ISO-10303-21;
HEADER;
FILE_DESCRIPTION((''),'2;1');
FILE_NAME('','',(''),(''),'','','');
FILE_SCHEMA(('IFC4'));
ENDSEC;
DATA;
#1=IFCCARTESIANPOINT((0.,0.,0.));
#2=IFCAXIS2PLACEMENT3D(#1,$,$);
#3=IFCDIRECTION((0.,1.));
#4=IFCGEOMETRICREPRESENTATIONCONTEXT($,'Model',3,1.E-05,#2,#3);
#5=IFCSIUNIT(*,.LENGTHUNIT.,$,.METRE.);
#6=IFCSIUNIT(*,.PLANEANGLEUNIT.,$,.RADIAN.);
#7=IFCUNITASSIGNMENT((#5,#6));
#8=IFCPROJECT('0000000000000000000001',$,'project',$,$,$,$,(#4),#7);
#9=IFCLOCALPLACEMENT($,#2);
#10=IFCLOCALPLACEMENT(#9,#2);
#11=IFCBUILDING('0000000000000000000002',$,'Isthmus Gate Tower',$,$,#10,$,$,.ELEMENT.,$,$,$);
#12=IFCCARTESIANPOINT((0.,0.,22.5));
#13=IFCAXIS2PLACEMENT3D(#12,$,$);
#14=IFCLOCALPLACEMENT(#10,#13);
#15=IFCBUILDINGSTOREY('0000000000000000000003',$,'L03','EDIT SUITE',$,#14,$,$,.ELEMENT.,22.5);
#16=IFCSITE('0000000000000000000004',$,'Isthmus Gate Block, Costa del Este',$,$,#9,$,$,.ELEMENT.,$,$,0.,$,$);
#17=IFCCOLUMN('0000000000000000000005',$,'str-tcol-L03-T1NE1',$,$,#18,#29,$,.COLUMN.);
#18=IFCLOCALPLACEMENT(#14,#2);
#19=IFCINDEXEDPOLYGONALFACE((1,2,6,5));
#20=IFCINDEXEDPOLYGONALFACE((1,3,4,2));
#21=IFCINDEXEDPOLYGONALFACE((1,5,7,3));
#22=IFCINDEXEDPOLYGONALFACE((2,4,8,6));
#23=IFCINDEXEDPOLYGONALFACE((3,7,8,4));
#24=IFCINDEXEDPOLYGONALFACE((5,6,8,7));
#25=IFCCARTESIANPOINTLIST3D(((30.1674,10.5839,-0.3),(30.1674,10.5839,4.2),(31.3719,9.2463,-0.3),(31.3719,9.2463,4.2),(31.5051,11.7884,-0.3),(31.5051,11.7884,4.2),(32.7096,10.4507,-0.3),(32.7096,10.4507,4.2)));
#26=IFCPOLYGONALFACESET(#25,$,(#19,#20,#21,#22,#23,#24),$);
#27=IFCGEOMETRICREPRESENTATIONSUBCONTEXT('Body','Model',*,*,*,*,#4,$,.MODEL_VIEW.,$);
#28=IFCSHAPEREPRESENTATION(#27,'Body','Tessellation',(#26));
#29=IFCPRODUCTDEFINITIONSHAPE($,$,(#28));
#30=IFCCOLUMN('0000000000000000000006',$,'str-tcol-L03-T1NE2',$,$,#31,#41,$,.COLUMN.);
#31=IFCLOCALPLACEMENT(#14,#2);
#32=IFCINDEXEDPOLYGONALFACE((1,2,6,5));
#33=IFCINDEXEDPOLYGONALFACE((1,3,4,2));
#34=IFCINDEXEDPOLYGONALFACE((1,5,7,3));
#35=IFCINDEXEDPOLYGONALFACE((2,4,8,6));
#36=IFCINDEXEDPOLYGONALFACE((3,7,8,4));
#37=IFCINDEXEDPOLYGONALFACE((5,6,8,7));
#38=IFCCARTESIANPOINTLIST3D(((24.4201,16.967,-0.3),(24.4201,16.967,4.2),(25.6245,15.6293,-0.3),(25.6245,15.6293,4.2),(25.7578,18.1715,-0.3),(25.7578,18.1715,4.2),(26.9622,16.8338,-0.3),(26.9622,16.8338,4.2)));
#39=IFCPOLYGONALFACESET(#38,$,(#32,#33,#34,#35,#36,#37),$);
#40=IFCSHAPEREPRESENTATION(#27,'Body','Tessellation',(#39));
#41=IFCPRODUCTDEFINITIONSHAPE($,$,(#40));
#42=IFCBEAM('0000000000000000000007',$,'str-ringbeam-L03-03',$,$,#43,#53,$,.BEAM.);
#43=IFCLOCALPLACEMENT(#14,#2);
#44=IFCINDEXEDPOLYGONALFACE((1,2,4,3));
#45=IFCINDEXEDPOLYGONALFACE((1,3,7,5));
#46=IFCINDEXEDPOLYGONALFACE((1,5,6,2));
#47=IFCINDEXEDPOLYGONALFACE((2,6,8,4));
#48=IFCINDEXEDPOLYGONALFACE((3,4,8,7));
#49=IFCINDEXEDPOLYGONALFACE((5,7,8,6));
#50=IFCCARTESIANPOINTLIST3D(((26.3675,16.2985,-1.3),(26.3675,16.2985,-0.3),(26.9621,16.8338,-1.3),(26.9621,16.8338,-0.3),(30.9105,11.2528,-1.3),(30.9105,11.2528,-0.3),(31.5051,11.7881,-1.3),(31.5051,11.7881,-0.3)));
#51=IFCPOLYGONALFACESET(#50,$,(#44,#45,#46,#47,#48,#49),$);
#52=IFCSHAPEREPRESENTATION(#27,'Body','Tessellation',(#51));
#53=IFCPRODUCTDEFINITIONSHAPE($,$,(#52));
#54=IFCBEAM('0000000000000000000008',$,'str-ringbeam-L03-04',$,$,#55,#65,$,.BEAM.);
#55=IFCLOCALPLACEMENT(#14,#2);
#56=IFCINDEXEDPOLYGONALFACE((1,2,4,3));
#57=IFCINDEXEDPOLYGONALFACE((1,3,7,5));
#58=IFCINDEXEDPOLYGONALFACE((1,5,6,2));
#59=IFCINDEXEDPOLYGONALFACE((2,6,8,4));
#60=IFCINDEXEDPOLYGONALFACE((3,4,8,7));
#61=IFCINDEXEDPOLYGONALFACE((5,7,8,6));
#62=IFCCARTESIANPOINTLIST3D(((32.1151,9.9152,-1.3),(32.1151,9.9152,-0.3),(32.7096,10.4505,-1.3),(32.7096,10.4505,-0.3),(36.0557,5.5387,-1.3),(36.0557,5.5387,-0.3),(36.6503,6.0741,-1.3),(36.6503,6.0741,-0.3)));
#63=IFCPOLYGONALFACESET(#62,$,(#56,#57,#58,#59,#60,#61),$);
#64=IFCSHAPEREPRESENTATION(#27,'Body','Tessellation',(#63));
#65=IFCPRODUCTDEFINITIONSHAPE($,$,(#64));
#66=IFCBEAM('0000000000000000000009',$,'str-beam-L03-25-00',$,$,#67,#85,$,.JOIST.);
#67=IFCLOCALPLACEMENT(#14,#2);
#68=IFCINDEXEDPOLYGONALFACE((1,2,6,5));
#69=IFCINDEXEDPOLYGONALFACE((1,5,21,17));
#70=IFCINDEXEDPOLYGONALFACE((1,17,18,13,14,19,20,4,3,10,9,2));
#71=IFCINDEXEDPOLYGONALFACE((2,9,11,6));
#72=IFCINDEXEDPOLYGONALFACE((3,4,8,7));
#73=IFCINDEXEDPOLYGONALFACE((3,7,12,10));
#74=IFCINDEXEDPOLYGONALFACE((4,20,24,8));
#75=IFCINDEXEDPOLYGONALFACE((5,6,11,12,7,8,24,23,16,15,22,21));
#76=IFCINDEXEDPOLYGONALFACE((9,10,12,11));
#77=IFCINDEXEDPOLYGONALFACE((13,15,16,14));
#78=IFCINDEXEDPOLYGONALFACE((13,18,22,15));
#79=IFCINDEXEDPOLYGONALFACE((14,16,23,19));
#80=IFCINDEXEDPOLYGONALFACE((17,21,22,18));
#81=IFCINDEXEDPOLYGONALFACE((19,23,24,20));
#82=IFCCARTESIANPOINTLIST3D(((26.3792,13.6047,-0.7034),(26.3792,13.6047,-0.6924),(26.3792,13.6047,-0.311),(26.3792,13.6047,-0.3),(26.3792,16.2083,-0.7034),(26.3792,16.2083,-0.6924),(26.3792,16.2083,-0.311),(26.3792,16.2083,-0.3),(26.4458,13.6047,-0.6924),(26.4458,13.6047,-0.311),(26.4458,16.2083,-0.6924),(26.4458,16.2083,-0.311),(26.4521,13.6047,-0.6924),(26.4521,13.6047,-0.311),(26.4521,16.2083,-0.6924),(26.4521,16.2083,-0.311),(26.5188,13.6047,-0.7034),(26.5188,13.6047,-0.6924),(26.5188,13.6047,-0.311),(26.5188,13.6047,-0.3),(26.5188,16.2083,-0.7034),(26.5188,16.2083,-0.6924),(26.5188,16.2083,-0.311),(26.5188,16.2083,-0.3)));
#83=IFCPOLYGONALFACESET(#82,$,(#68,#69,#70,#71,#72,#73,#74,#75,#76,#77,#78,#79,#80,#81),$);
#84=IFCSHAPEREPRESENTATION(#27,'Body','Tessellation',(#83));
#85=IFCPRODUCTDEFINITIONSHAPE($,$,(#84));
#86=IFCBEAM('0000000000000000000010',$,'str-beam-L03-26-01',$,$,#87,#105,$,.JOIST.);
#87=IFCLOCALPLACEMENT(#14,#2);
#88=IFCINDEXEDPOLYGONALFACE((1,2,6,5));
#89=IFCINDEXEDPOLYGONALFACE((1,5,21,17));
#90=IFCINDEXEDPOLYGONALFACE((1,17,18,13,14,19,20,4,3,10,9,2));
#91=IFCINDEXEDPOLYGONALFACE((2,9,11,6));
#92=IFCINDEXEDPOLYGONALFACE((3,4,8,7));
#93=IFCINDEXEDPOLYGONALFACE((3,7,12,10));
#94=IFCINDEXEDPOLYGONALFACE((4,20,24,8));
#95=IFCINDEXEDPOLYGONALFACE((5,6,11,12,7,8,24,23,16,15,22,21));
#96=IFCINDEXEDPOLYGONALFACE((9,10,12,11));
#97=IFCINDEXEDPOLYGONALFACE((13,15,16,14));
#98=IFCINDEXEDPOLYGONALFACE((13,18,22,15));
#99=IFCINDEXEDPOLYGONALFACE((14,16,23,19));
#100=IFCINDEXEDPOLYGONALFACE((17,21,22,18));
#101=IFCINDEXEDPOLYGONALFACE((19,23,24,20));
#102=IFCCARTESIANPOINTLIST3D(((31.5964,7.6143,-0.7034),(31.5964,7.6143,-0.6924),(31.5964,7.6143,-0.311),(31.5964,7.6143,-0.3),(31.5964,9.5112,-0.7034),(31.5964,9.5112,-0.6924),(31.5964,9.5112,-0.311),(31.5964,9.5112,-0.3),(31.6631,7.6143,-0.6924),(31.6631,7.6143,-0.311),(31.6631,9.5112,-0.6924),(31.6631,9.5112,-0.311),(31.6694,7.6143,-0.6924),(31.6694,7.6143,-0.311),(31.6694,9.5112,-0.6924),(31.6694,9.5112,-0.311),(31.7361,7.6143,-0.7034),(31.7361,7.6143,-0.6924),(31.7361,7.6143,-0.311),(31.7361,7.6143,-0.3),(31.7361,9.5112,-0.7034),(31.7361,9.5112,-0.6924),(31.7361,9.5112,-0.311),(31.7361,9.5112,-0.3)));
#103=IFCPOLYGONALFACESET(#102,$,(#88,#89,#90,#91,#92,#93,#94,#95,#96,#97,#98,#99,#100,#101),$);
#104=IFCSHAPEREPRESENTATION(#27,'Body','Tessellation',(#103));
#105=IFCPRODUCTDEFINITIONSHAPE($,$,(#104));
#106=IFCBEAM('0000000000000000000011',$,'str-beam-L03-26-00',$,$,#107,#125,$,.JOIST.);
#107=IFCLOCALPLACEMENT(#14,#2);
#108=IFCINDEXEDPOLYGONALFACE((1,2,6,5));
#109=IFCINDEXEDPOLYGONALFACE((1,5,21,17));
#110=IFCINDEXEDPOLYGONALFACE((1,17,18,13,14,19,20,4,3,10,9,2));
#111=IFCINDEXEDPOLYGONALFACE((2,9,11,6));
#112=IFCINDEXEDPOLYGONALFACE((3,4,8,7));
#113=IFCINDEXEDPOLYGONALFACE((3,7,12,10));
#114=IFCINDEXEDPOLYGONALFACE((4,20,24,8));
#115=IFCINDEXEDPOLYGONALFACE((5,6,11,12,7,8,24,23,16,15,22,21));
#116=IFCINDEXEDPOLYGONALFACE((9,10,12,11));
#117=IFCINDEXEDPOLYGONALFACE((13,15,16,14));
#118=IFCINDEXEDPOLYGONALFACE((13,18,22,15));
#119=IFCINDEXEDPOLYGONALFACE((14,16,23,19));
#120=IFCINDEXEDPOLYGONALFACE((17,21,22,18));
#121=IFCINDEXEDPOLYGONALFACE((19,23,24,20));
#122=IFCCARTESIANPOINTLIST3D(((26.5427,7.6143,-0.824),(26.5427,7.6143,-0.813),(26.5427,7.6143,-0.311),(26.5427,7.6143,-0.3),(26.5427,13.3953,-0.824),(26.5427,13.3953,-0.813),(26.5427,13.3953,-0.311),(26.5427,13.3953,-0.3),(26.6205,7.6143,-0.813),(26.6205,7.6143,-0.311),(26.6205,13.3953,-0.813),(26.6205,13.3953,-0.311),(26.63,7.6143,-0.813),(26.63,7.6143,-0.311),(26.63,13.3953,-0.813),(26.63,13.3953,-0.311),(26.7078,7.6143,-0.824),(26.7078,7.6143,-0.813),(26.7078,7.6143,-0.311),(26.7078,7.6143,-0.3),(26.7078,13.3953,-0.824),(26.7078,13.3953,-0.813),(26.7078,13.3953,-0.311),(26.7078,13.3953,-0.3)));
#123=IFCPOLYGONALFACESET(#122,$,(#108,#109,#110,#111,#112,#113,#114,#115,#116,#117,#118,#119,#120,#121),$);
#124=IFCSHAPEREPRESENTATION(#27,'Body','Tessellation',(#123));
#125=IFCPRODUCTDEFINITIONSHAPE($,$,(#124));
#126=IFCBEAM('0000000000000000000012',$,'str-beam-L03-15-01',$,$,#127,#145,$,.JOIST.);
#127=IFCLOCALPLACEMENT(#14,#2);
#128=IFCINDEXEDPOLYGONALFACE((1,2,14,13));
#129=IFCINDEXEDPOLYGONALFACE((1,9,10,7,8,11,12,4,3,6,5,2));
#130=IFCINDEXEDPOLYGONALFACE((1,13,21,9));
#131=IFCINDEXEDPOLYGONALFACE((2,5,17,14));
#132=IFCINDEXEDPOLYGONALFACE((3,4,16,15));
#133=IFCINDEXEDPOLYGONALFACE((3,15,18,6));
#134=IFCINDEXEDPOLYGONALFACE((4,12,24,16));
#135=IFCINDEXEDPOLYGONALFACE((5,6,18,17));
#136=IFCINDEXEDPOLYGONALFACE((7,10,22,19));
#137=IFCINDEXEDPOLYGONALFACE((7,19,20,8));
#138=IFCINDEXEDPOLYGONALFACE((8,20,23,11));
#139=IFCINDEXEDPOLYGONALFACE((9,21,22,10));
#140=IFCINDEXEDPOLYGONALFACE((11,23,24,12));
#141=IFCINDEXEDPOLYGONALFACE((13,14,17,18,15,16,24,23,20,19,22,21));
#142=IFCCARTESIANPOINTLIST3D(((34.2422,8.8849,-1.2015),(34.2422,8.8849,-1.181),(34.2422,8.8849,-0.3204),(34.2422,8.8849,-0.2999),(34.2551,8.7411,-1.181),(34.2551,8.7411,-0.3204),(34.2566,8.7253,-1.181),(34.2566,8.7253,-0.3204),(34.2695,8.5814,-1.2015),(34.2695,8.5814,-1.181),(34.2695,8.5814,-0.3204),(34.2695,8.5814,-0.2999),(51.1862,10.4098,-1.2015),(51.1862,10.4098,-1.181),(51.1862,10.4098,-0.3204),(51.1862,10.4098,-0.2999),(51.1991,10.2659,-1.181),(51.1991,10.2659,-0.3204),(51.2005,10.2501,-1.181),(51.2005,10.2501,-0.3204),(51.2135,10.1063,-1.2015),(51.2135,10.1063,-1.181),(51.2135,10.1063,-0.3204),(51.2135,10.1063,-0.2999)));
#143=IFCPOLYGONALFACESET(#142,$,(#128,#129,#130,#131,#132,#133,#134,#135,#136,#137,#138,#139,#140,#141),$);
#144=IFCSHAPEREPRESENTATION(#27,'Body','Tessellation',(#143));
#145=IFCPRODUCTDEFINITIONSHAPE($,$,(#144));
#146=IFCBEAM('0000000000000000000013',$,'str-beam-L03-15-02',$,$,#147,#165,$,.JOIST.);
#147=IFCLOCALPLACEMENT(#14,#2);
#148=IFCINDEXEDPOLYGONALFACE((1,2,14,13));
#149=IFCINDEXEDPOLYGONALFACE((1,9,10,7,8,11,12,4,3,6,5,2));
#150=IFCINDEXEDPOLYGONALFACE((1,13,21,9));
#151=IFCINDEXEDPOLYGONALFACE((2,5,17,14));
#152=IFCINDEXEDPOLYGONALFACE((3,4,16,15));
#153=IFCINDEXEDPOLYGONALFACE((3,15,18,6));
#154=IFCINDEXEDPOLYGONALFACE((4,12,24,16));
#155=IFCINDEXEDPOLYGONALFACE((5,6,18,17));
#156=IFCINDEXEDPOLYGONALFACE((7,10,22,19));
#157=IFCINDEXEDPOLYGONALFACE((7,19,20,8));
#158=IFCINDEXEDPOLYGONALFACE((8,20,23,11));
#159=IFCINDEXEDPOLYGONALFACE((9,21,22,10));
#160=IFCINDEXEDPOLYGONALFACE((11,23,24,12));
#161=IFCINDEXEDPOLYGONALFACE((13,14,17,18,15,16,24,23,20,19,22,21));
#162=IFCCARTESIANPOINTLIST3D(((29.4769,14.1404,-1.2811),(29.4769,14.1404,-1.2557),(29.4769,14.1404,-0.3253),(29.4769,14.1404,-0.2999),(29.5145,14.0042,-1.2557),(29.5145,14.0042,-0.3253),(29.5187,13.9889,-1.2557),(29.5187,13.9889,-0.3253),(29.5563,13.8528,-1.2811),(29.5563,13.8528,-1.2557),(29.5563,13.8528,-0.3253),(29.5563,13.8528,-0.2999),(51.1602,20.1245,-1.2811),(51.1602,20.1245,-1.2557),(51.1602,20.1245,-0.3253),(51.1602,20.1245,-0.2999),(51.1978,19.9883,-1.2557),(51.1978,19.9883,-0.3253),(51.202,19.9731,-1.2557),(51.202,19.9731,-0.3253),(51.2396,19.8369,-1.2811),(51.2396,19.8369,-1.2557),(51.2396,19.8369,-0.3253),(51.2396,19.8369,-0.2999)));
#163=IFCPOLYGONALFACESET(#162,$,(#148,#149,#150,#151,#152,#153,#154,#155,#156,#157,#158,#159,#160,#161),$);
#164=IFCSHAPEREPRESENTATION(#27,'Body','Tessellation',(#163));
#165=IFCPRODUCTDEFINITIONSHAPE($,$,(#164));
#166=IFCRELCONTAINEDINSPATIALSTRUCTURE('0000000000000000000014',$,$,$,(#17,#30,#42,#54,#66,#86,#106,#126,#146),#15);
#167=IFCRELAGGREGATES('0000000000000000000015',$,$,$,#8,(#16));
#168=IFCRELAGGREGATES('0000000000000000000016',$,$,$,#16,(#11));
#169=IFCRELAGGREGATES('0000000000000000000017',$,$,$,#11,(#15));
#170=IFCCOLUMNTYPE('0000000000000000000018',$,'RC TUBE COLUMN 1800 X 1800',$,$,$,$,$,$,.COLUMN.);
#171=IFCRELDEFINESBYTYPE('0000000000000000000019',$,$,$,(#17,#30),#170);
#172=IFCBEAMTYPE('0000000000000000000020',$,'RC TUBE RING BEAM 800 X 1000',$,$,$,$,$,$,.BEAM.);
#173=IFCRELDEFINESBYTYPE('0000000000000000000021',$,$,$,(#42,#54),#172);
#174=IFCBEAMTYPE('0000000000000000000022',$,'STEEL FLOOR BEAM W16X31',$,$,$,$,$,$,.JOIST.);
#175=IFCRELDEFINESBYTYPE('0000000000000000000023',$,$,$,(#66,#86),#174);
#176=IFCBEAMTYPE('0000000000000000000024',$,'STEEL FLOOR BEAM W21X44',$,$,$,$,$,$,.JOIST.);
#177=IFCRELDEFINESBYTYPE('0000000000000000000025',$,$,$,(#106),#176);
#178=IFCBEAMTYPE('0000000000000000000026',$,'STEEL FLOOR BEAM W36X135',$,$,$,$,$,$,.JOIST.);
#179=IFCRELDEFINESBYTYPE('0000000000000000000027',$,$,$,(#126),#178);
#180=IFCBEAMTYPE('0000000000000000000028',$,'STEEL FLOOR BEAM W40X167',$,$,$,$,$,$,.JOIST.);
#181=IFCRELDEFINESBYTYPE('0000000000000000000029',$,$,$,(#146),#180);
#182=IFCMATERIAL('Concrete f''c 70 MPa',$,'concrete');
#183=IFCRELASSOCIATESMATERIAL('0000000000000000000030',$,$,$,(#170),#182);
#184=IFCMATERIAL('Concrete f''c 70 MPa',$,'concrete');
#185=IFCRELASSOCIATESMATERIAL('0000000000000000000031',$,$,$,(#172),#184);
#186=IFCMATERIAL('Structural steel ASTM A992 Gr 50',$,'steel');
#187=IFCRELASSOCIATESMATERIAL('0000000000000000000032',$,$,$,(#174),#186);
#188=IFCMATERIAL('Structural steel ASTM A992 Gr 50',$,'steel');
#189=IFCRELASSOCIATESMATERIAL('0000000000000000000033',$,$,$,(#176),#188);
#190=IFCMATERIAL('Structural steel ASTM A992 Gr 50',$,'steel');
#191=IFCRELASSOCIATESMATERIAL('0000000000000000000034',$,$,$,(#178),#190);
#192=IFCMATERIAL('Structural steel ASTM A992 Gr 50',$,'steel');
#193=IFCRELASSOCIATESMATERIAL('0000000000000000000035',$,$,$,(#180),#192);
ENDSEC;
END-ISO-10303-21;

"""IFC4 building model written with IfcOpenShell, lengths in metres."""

from ifc_helpers import new_model, si_unit, direction, frame, origin, origin_2d, place, context, subcontext, project, spatial, rectangle, i_section, extrude, material, material_profile, profile_set, type_object, element, save


model = new_model("IFC4")

# Units and contexts
model_context = context("Model", 3, precision=1e-05, world=origin(), true_north=direction((0.0, 1.0)))
body_context = subcontext(model_context, "Body", "Model", "MODEL_VIEW")
ifc_project = project(units=[si_unit("LENGTHUNIT", "METRE"), si_unit("PLANEANGLEUNIT", "RADIAN")], contexts=[model_context])

# Site, building, storey
site_placement = place(None, origin())
site = spatial("IfcSite", under=ifc_project, at=site_placement, Name="Isthmus Gate Block, Costa del Este", CompositionType="ELEMENT", RefElevation=0.0)
building_placement = place(site_placement, origin())
building = spatial("IfcBuilding", under=site, at=building_placement, Name="Isthmus Gate Tower", CompositionType="ELEMENT")
storey_placement = place(building_placement, frame((0.0, 0.0, 22.5)))
storey = spatial("IfcBuildingStorey", under=building, at=storey_placement, Name="L03", Description="EDIT SUITE", CompositionType="ELEMENT", Elevation=22.5)

# Columns
ifc_material_1 = material(Name="Concrete f'c 70 MPa", Category="concrete")
ifc_material_profile_1 = material_profile(ifc_material_1, rectangle(XDim=1.8, YDim=1.8, at=origin_2d()), Name="RC 1800X1800")
ifc_profile_set_1 = profile_set([ifc_material_profile_1], Name="Concrete f'c 70 MPa")
column_type = type_object("IfcColumnType", Name="RC TUBE COLUMN 1800 X 1800", PredefinedType="COLUMN", material=ifc_profile_set_1)
for number, where, z_axis, x_axis, name in (
    (1, (31.4385, 10.5173, -0.3), (0.0, 0.0, 1.0), (-0.669131, 0.743145, 0.0), "str-tcol-L03-T1NE1"),
    (2, (25.6912, 16.9004, -0.3), (0.0, 0.0, 1.0), (-0.669131, 0.743145, 0.0), "str-tcol-L03-T1NE2"),
):
    element("IfcColumn", number, at=place(storey_placement, frame(where, z_axis=z_axis, x_axis=x_axis)), inside=storey, type_object=column_type, Name=name, PredefinedType="COLUMN", context=body_context, shape_type="SweptSolid", body=[
        extrude(rectangle(XDim=1.8, YDim=1.8, at=origin_2d()), origin(), (0.0, 0.0, 1.0), 4.5),
    ])

# Beams
ifc_material_2 = material(Name="Concrete f'c 70 MPa", Category="concrete")
ifc_material_profile_2 = material_profile(ifc_material_2, rectangle(XDim=0.8, YDim=1.0, at=origin_2d()), Name="RC 800X1000")
ifc_profile_set_2 = profile_set([ifc_material_profile_2], Name="Concrete f'c 70 MPa")
beam_type_1 = type_object("IfcBeamType", Name="RC TUBE RING BEAM 800 X 1000", PredefinedType="BEAM", material=ifc_profile_set_2)
beam_1_placement = place(storey_placement, frame((26.6648, 16.5662, -0.8), z_axis=(0.669118, -0.743156, 0.0), x_axis=(0.743156, 0.669118, 0.0)))
element("IfcBeam", 3, at=beam_1_placement, inside=storey, type_object=beam_type_1, Name="str-ringbeam-L03-03", PredefinedType="BEAM", context=body_context, shape_type="SweptSolid", body=[
    extrude(rectangle(XDim=0.8, YDim=1.0, at=origin_2d()), origin(), (0.0, 0.0, 1.0), 6.7896),
])
beam_2_placement = place(storey_placement, frame((32.4124, 10.1829, -0.8), z_axis=(0.669139, -0.743137, 0.0), x_axis=(0.743137, 0.669139, 0.0)))
element("IfcBeam", 4, at=beam_2_placement, inside=storey, type_object=beam_type_1, Name="str-ringbeam-L03-04", PredefinedType="BEAM", context=body_context, shape_type="SweptSolid", body=[
    extrude(rectangle(XDim=0.8, YDim=1.0, at=origin_2d()), origin(), (0.0, 0.0, 1.0), 5.8892),
])
ifc_material_3 = material(Name="Structural steel ASTM A992 Gr 50", Category="steel")
ifc_material_profile_3 = material_profile(ifc_material_3, i_section(OverallWidth=0.1396, OverallDepth=0.4033, WebThickness=0.0063, FlangeThickness=0.011, at=origin_2d()), Name="W16X31")
ifc_profile_set_3 = profile_set([ifc_material_profile_3], Name="Structural steel ASTM A992 Gr 50")
beam_type_2 = type_object("IfcBeamType", Name="STEEL FLOOR BEAM W16X31", PredefinedType="JOIST", material=ifc_profile_set_3)
beam_3_placement = place(storey_placement, frame((26.449, 13.6047, -0.5017), z_axis=(0.0, 1.0, 0.0), x_axis=(-1.0, 0.0, 0.0)))
element("IfcBeam", 5, at=beam_3_placement, inside=storey, type_object=beam_type_2, Name="str-beam-L03-25-00", PredefinedType="JOIST", context=body_context, shape_type="SweptSolid", body=[
    extrude(i_section(OverallWidth=0.1396, OverallDepth=0.4033, WebThickness=0.0063, FlangeThickness=0.011, at=origin_2d()), origin(), (0.0, 0.0, 1.0), 2.6035),
])
beam_4_placement = place(storey_placement, frame((31.6663, 7.6143, -0.5017), z_axis=(0.0, 1.0, 0.0), x_axis=(-1.0, 0.0, 0.0)))
element("IfcBeam", 6, at=beam_4_placement, inside=storey, type_object=beam_type_2, Name="str-beam-L03-26-01", PredefinedType="JOIST", context=body_context, shape_type="SweptSolid", body=[
    extrude(i_section(OverallWidth=0.1396, OverallDepth=0.4033, WebThickness=0.0063, FlangeThickness=0.011, at=origin_2d()), origin(), (0.0, 0.0, 1.0), 1.897),
])
ifc_material_4 = material(Name="Structural steel ASTM A992 Gr 50", Category="steel")
ifc_material_profile_4 = material_profile(ifc_material_4, i_section(OverallWidth=0.165, OverallDepth=0.5239, WebThickness=0.0095, FlangeThickness=0.011, at=origin_2d()), Name="W21X44")
ifc_profile_set_4 = profile_set([ifc_material_profile_4], Name="Structural steel ASTM A992 Gr 50")
beam_type_3 = type_object("IfcBeamType", Name="STEEL FLOOR BEAM W21X44", PredefinedType="JOIST", material=ifc_profile_set_4)
beam_5_placement = place(storey_placement, frame((26.6252, 7.6143, -0.562), z_axis=(0.0, 1.0, 0.0), x_axis=(-1.0, 0.0, 0.0)))
element("IfcBeam", 7, at=beam_5_placement, inside=storey, type_object=beam_type_3, Name="str-beam-L03-26-00", PredefinedType="JOIST", context=body_context, shape_type="SweptSolid", body=[
    extrude(i_section(OverallWidth=0.165, OverallDepth=0.5239, WebThickness=0.0095, FlangeThickness=0.011, at=origin_2d()), origin(), (0.0, 0.0, 1.0), 5.781),
])
ifc_material_5 = material(Name="Structural steel ASTM A992 Gr 50", Category="steel")
ifc_material_profile_5 = material_profile(ifc_material_5, i_section(OverallWidth=0.3047, OverallDepth=0.9016, WebThickness=0.0159, FlangeThickness=0.0205, at=origin_2d()), Name="W36X135")
ifc_profile_set_5 = profile_set([ifc_material_profile_5], Name="Structural steel ASTM A992 Gr 50")
beam_type_4 = type_object("IfcBeamType", Name="STEEL FLOOR BEAM W36X135", PredefinedType="JOIST", material=ifc_profile_set_5)
beam_6_placement = place(storey_placement, frame((34.2559, 8.7332, -0.7507), z_axis=(0.995975, 0.089634, 0.0), x_axis=(-0.089634, 0.995975, 0.0)))
element("IfcBeam", 8, at=beam_6_placement, inside=storey, type_object=beam_type_4, Name="str-beam-L03-15-01", PredefinedType="JOIST", context=body_context, shape_type="SweptSolid", body=[
    extrude(i_section(OverallWidth=0.3047, OverallDepth=0.9016, WebThickness=0.0159, FlangeThickness=0.0205, at=origin_2d()), origin(), (0.0, 0.0, 1.0), 17.0125),
])
ifc_material_6 = material(Name="Structural steel ASTM A992 Gr 50", Category="steel")
ifc_material_profile_6 = material_profile(ifc_material_6, i_section(OverallWidth=0.2983, OverallDepth=0.9812, WebThickness=0.0159, FlangeThickness=0.0254, at=origin_2d()), Name="W40X167")
ifc_profile_set_6 = profile_set([ifc_material_profile_6], Name="Structural steel ASTM A992 Gr 50")
beam_type_5 = type_object("IfcBeamType", Name="STEEL FLOOR BEAM W40X167", PredefinedType="JOIST", material=ifc_profile_set_6)
beam_7_placement = place(storey_placement, frame((29.5166, 13.9966, -0.7905), z_axis=(0.963964, 0.266033, 0.0), x_axis=(-0.266033, 0.963964, 0.0)))
element("IfcBeam", 9, at=beam_7_placement, inside=storey, type_object=beam_type_5, Name="str-beam-L03-15-02", PredefinedType="JOIST", context=body_context, shape_type="SweptSolid", body=[
    extrude(i_section(OverallWidth=0.2983, OverallDepth=0.9812, WebThickness=0.0159, FlangeThickness=0.0254, at=origin_2d()), origin(), (0.0, 0.0, 1.0), 22.4939),
])

save(model, "model.ifc")
